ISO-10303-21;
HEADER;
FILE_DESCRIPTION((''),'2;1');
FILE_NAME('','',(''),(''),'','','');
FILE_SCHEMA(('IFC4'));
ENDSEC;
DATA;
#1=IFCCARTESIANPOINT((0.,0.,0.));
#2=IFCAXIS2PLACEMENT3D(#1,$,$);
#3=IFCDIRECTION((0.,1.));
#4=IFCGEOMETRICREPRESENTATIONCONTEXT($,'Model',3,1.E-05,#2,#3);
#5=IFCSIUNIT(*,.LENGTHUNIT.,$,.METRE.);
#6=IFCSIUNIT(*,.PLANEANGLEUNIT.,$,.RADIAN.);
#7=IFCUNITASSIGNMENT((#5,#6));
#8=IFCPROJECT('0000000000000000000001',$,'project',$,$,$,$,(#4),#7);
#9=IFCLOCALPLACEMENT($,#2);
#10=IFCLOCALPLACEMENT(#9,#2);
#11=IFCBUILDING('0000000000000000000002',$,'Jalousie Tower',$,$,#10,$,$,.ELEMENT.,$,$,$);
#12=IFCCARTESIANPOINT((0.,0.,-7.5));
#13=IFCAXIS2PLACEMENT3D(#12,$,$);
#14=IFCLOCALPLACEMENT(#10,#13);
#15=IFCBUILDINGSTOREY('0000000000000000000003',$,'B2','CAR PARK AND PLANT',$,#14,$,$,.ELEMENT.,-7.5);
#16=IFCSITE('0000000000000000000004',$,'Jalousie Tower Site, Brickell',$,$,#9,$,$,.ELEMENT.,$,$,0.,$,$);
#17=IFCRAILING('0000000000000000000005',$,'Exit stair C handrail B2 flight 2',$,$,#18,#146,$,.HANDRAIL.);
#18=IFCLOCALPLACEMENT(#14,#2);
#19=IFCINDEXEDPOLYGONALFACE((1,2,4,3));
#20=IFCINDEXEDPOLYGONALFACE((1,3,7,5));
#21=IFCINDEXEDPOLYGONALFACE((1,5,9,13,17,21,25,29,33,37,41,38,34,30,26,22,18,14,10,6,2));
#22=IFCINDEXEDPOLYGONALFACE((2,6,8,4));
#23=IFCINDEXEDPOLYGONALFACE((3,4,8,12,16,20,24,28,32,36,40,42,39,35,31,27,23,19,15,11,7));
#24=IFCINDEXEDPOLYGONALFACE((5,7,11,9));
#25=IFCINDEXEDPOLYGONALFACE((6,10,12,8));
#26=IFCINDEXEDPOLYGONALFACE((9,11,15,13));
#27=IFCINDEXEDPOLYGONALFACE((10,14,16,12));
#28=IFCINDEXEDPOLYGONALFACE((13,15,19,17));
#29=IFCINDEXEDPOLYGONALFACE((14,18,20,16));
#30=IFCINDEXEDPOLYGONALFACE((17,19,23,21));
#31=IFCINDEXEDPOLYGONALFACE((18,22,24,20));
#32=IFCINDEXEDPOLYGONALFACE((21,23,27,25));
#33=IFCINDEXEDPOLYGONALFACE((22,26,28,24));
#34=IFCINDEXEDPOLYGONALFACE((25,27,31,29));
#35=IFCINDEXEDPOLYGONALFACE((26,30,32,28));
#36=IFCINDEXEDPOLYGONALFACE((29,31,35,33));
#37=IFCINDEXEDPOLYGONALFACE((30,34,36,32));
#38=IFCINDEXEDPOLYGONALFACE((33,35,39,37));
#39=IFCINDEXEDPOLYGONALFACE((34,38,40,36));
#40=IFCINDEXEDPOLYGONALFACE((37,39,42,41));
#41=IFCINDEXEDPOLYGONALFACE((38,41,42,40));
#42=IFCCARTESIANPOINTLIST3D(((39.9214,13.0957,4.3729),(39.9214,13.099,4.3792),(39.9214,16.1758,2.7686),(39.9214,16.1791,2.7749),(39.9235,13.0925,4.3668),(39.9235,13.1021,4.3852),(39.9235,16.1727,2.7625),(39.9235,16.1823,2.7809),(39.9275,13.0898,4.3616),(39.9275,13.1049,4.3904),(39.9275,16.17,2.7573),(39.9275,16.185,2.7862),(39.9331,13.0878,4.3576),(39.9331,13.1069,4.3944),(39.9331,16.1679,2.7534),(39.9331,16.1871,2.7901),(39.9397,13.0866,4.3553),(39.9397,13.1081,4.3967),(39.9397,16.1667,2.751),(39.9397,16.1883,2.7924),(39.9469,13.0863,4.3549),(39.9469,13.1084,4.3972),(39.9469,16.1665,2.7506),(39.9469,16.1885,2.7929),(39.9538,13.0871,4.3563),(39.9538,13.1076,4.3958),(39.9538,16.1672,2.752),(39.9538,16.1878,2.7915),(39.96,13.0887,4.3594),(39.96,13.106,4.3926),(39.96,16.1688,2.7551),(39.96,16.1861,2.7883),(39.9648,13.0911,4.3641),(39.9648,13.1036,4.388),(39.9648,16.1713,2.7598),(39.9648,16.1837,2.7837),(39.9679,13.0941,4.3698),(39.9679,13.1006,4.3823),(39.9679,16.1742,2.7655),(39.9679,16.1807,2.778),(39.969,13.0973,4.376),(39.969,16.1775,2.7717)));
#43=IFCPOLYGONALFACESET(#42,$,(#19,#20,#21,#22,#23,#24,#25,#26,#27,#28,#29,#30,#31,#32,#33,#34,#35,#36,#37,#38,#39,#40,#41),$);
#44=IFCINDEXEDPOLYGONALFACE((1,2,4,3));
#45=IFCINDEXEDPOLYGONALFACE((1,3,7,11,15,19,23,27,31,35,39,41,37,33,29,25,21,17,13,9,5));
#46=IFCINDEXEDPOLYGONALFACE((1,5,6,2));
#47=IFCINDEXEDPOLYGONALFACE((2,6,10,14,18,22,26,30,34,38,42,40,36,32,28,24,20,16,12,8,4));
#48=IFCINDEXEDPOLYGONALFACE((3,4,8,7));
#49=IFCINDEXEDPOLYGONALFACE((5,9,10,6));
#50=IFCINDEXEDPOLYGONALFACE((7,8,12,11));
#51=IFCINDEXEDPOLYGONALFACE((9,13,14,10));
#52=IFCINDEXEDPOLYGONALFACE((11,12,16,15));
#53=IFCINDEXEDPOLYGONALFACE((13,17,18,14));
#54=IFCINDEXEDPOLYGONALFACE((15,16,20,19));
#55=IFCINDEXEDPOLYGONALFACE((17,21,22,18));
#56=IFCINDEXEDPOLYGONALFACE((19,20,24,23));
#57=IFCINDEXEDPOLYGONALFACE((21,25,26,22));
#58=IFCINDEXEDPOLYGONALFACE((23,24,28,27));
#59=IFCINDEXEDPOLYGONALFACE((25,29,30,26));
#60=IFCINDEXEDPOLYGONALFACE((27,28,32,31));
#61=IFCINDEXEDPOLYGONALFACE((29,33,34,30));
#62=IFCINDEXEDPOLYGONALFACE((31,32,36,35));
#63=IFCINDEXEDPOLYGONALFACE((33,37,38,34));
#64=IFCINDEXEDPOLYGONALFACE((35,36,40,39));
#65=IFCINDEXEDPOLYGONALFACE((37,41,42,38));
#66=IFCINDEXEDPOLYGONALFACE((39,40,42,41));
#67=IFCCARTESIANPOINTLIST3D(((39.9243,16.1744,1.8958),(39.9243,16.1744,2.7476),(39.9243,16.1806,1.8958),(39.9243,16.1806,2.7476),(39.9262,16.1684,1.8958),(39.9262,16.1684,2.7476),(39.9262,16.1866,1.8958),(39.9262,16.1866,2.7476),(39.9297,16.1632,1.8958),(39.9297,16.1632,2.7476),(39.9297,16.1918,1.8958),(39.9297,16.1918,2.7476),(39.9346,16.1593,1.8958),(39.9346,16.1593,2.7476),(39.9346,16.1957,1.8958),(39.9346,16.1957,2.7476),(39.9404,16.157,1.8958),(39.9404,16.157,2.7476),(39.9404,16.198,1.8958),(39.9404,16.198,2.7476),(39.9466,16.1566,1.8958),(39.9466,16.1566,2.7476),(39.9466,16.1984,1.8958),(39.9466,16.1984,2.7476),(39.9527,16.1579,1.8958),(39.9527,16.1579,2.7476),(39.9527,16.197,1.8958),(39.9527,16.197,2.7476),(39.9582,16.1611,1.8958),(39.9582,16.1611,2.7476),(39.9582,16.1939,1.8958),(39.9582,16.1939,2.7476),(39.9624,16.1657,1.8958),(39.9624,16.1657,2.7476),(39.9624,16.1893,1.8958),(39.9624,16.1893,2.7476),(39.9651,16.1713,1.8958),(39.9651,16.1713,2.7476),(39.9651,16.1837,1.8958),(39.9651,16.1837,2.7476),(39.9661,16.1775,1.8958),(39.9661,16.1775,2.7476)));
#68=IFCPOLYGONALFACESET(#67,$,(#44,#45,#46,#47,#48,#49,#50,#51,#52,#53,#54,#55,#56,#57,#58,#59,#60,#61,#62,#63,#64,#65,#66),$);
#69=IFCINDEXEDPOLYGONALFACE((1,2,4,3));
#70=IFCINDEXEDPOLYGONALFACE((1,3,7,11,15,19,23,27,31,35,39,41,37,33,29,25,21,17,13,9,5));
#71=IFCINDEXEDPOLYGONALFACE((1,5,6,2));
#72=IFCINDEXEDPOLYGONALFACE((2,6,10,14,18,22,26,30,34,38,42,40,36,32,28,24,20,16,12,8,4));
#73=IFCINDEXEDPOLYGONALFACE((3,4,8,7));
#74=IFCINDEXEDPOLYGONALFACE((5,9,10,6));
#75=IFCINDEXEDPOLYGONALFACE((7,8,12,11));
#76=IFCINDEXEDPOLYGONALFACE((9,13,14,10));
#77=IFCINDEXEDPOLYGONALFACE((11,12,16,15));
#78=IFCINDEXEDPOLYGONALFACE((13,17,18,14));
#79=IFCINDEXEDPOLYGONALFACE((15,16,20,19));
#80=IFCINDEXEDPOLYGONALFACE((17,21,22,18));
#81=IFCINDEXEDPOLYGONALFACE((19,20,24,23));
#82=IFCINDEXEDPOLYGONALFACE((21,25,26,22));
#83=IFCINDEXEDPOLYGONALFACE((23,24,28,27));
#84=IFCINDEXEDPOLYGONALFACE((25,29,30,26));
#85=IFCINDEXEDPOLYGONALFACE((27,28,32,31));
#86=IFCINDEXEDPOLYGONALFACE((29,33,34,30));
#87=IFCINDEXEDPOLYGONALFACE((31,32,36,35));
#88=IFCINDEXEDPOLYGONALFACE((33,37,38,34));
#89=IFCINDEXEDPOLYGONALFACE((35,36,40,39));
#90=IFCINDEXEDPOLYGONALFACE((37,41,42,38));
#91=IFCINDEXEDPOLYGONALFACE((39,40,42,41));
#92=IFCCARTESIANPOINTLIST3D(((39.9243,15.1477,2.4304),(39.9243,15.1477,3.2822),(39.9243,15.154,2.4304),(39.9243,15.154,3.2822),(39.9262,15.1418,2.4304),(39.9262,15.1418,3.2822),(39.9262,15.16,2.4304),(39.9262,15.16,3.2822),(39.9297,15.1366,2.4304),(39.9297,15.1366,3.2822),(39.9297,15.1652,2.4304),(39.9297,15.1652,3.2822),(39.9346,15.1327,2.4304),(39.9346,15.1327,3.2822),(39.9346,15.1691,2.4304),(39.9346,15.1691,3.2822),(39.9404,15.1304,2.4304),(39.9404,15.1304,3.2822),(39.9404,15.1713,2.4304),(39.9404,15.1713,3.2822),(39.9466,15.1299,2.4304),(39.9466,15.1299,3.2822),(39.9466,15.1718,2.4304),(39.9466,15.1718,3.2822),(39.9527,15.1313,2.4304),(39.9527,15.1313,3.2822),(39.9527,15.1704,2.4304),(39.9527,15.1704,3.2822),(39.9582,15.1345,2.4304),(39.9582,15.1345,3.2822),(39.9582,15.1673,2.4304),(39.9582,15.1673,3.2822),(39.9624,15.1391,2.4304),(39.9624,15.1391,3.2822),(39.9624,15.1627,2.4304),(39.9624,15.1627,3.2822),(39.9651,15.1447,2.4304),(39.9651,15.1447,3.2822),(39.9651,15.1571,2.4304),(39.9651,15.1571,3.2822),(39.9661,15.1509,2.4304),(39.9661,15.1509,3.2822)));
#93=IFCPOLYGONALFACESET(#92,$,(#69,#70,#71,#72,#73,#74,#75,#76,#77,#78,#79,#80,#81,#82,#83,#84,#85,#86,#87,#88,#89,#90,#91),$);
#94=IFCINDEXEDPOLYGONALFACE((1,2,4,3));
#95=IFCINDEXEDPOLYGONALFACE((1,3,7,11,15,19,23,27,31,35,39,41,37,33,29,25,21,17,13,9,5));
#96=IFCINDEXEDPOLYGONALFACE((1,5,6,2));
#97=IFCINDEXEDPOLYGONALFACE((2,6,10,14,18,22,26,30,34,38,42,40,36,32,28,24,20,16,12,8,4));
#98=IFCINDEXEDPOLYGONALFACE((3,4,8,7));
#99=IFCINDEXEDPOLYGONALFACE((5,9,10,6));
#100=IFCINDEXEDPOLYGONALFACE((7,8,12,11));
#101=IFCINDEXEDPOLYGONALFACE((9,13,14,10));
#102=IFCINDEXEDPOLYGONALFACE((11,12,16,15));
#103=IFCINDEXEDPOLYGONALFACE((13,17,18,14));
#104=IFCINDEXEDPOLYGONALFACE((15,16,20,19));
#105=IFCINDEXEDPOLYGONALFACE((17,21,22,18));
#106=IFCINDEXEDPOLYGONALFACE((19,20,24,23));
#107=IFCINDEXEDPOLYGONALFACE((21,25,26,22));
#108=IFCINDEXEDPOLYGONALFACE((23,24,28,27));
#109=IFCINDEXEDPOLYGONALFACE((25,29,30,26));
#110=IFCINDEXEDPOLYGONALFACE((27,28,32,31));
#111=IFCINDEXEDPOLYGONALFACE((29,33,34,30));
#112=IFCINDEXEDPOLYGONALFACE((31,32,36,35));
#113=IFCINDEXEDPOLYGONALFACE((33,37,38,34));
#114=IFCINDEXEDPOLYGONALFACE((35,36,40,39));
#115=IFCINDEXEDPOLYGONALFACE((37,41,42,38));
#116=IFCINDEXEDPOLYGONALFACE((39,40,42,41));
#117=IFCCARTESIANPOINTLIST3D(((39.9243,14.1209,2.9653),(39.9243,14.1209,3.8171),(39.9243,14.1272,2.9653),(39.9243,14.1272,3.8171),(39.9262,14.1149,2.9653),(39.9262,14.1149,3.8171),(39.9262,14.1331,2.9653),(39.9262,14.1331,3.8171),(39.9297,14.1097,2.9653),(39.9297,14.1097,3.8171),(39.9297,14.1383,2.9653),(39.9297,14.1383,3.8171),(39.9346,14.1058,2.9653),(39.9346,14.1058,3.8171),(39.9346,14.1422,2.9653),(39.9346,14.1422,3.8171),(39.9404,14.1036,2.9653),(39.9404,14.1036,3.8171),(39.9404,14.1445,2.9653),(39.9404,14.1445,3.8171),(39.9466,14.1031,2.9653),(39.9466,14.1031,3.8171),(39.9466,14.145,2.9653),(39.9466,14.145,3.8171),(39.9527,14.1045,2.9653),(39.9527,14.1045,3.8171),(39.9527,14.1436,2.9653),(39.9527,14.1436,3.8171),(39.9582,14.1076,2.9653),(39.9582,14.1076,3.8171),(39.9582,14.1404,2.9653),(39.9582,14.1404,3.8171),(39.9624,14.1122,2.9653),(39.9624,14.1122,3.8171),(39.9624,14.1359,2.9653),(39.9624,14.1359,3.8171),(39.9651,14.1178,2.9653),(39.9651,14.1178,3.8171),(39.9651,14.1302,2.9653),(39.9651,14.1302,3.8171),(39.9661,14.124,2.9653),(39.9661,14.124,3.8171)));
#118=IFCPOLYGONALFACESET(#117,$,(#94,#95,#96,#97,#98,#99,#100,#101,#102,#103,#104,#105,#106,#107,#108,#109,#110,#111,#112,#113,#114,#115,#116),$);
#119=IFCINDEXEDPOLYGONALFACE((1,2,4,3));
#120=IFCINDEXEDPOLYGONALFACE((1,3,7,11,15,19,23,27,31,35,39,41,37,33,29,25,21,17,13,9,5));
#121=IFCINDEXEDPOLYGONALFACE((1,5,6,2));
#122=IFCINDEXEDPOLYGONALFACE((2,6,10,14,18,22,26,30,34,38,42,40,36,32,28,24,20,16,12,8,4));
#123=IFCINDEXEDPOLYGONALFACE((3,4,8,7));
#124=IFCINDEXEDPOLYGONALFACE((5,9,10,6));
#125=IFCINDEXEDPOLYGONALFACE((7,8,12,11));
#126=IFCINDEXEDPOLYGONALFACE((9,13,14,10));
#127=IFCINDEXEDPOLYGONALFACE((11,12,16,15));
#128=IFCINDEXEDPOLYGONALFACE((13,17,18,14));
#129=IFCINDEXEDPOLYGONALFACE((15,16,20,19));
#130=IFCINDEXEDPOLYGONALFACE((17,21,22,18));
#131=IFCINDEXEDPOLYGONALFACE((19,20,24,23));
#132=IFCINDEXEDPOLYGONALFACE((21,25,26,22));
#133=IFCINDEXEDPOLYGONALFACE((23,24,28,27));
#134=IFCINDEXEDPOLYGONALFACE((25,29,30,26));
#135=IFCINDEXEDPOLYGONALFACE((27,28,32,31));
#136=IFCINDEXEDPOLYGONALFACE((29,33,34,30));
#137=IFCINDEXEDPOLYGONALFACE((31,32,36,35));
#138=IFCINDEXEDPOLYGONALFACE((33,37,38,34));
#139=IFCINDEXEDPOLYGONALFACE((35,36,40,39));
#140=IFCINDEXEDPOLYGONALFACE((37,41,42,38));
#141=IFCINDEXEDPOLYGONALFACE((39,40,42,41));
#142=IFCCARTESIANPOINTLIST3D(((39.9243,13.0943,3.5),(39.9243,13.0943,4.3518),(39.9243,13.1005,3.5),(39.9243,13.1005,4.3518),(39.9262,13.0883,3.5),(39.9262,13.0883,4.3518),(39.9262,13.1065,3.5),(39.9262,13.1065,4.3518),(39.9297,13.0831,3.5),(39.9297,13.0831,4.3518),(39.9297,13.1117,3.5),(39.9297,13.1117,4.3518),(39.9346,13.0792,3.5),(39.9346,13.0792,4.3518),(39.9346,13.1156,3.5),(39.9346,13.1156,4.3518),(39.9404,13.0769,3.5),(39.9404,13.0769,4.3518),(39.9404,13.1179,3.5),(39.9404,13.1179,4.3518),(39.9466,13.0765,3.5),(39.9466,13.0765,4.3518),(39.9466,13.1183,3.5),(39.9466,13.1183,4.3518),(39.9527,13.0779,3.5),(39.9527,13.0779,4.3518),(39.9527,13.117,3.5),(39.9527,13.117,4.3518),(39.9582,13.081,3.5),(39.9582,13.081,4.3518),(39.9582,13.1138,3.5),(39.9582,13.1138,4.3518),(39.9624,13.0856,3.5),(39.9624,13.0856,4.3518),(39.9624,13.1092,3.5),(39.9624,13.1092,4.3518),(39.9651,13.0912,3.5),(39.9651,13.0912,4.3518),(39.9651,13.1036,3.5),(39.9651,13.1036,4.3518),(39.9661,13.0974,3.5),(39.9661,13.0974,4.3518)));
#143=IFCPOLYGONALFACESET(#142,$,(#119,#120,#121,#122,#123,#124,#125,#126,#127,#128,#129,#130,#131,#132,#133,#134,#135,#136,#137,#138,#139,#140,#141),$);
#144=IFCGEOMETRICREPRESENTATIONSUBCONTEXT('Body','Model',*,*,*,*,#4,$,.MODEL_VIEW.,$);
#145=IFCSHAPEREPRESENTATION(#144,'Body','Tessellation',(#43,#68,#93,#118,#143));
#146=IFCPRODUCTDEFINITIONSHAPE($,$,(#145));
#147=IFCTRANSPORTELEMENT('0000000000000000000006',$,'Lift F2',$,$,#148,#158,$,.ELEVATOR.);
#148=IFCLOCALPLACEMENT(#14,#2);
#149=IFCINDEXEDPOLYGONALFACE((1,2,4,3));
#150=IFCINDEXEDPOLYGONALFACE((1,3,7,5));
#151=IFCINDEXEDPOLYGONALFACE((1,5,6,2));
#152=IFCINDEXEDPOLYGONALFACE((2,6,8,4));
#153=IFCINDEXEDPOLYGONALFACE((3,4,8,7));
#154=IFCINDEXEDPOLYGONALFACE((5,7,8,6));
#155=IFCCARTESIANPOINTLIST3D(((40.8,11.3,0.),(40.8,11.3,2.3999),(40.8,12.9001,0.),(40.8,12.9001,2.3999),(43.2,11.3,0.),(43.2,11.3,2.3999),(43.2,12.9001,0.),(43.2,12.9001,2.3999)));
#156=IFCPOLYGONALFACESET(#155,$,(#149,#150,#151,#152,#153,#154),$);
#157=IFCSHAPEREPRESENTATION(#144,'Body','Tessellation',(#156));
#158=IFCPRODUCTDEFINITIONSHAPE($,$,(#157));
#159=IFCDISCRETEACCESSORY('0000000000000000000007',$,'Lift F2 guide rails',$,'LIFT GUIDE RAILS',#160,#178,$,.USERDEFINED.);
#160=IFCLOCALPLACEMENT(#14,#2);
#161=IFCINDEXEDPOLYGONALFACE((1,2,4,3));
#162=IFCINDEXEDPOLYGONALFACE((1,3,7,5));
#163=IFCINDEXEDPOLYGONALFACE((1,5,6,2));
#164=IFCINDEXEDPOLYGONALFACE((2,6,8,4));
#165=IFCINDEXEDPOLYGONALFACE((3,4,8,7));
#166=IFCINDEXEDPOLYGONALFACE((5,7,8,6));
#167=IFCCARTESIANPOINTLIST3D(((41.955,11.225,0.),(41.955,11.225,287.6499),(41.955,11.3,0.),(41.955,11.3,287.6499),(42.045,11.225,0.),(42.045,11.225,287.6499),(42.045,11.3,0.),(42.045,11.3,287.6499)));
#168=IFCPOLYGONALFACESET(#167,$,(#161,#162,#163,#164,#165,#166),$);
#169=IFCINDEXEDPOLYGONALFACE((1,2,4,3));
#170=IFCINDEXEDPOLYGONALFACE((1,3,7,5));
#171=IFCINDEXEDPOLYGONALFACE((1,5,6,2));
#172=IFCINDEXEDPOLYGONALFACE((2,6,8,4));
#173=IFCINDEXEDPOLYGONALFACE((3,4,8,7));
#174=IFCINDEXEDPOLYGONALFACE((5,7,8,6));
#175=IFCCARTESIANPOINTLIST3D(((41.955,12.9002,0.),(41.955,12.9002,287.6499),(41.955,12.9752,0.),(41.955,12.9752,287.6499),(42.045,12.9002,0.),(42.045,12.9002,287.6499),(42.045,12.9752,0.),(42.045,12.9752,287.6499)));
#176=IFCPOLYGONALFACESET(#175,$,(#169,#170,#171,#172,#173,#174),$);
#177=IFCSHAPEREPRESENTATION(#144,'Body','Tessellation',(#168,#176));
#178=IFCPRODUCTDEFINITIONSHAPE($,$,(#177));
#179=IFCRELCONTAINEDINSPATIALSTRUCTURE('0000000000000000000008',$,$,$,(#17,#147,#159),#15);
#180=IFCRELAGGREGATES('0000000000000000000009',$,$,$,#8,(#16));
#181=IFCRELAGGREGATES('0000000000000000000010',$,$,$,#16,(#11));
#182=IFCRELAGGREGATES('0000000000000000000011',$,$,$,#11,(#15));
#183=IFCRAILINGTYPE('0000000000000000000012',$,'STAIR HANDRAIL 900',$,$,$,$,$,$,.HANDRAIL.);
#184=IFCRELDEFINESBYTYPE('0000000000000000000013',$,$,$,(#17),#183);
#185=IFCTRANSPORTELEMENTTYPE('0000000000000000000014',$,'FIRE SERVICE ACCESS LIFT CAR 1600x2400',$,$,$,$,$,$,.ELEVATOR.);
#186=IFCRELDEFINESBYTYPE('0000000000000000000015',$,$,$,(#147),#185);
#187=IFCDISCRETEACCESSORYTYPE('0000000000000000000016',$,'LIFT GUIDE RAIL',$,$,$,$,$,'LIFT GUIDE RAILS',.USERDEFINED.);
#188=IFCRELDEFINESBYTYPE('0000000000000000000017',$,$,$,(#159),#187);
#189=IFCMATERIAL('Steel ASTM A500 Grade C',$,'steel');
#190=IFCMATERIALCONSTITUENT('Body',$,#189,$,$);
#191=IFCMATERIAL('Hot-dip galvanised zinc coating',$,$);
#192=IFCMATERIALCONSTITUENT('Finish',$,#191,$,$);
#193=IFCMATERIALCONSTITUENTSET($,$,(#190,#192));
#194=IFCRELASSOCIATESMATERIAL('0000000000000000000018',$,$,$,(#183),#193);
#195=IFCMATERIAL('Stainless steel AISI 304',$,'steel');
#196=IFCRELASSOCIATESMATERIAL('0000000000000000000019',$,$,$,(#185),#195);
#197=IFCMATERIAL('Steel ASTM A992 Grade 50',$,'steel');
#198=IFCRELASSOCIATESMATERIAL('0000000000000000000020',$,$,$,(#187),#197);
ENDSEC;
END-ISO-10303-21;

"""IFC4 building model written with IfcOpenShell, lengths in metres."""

from ifc_helpers import new_model, si_unit, direction, frame, origin, origin_2d, place, context, subcontext, project, spatial, rectangle, circle, extrude, material, constituent, constituent_set, type_object, element, save


model = new_model("IFC4")

# Units and contexts
model_context = context("Model", 3, precision=1e-05, world=origin(), true_north=direction((0.0, 1.0)))
body_context = subcontext(model_context, "Body", "Model", "MODEL_VIEW")
ifc_project = project(units=[si_unit("LENGTHUNIT", "METRE"), si_unit("PLANEANGLEUNIT", "RADIAN")], contexts=[model_context])

# Site, building, storey
site_placement = place(None, origin())
site = spatial("IfcSite", under=ifc_project, at=site_placement, Name="Jalousie Tower Site, Brickell", CompositionType="ELEMENT", RefElevation=0.0)
building_placement = place(site_placement, origin())
building = spatial("IfcBuilding", under=site, at=building_placement, Name="Jalousie Tower", CompositionType="ELEMENT")
storey_placement = place(building_placement, frame((0.0, 0.0, -7.5)))
storey = spatial("IfcBuildingStorey", under=building, at=storey_placement, Name="B2", Description="CAR PARK AND PLANT", CompositionType="ELEMENT", Elevation=-7.5)

# Railing
ifc_material_1 = material(Name="Steel ASTM A500 Grade C", Category="steel")
ifc_constituent_1 = constituent(ifc_material_1, Name="Body")
ifc_material_2 = material(Name="Hot-dip galvanised zinc coating")
ifc_constituent_2 = constituent(ifc_material_2, Name="Finish")
ifc_constituent_set_1 = constituent_set(constituents=[ifc_constituent_1, ifc_constituent_2])
railing_type_1 = type_object("IfcRailingType", Name="STAIR HANDRAIL 900", PredefinedType="HANDRAIL", material=ifc_constituent_set_1)
railing_1_placement = place(storey_placement, frame((39.9451, 16.1775, 1.8958)))
element("IfcRailing", 1, at=railing_1_placement, inside=storey, type_object=railing_type_1, Name="Exit stair C handrail B2 flight 2", PredefinedType="HANDRAIL", context=body_context, shape_type="SweptSolid", body=[
    extrude(circle(Radius=0.0239, at=origin_2d()), frame((0.0, 0.0, 0.876), z_axis=(0.0, -0.886909, 0.461944), x_axis=(1.0, 0.0, 0.0)), (0.0, 0.0, 1.0), 3.4729),
    extrude(circle(Radius=0.021, at=origin_2d()), origin(), (0.0, 0.0, 1.0), 0.8518),
    extrude(circle(Radius=0.021, at=origin_2d()), frame((0.0, -1.0266, 0.5347)), (0.0, 0.0, 1.0), 0.8518),
    extrude(circle(Radius=0.021, at=origin_2d()), frame((0.0, -2.0535, 1.0696)), (0.0, 0.0, 1.0), 0.8518),
    extrude(circle(Radius=0.021, at=origin_2d()), frame((0.0, -3.0801, 1.6042)), (0.0, 0.0, 1.0), 0.8518),
])

# Transport element
ifc_material_3 = material(Name="Stainless steel AISI 304", Category="steel")
transport_element_type = type_object("IfcTransportElementType", Name="FIRE SERVICE ACCESS LIFT CAR 1600x2400", PredefinedType="ELEVATOR", material=ifc_material_3)
transport_element_placement = place(storey_placement, frame((42.0, 12.1001, 0.0), z_axis=(0.0, 0.0, 1.0), x_axis=(1.0, 0.0, 0.0)))
element("IfcTransportElement", 2, at=transport_element_placement, inside=storey, type_object=transport_element_type, Name="Lift F2", PredefinedType="ELEVATOR", context=body_context, shape_type="SweptSolid", body=[
    extrude(rectangle(XDim=2.3999, YDim=1.6001, at=origin_2d()), origin(), (0.0, 0.0, 1.0), 2.3999),
])

# Discrete accessory
ifc_material_4 = material(Name="Steel ASTM A992 Grade 50", Category="steel")
discrete_accessory_type = type_object("IfcDiscreteAccessoryType", Name="LIFT GUIDE RAIL", ElementType="LIFT GUIDE RAILS", PredefinedType="USERDEFINED", material=ifc_material_4)
discrete_accessory_placement = place(storey_placement, frame((42.0, 12.1001, 0.0), z_axis=(0.0, 0.0, 1.0), x_axis=(1.0, 0.0, 0.0)))
element("IfcDiscreteAccessory", 3, at=discrete_accessory_placement, inside=storey, type_object=discrete_accessory_type, Name="Lift F2 guide rails", ObjectType="LIFT GUIDE RAILS", PredefinedType="USERDEFINED", context=body_context, shape_type="SweptSolid", body=[
    extrude(rectangle(XDim=0.09, YDim=0.075, at=origin_2d()), frame((0.0, -0.8376, 0.0)), (0.0, 0.0, 1.0), 287.6499),
    extrude(rectangle(XDim=0.09, YDim=0.075, at=origin_2d()), frame((0.0, 0.8376, 0.0)), (0.0, 0.0, 1.0), 287.6499),
])

save(model, "model.ifc")
